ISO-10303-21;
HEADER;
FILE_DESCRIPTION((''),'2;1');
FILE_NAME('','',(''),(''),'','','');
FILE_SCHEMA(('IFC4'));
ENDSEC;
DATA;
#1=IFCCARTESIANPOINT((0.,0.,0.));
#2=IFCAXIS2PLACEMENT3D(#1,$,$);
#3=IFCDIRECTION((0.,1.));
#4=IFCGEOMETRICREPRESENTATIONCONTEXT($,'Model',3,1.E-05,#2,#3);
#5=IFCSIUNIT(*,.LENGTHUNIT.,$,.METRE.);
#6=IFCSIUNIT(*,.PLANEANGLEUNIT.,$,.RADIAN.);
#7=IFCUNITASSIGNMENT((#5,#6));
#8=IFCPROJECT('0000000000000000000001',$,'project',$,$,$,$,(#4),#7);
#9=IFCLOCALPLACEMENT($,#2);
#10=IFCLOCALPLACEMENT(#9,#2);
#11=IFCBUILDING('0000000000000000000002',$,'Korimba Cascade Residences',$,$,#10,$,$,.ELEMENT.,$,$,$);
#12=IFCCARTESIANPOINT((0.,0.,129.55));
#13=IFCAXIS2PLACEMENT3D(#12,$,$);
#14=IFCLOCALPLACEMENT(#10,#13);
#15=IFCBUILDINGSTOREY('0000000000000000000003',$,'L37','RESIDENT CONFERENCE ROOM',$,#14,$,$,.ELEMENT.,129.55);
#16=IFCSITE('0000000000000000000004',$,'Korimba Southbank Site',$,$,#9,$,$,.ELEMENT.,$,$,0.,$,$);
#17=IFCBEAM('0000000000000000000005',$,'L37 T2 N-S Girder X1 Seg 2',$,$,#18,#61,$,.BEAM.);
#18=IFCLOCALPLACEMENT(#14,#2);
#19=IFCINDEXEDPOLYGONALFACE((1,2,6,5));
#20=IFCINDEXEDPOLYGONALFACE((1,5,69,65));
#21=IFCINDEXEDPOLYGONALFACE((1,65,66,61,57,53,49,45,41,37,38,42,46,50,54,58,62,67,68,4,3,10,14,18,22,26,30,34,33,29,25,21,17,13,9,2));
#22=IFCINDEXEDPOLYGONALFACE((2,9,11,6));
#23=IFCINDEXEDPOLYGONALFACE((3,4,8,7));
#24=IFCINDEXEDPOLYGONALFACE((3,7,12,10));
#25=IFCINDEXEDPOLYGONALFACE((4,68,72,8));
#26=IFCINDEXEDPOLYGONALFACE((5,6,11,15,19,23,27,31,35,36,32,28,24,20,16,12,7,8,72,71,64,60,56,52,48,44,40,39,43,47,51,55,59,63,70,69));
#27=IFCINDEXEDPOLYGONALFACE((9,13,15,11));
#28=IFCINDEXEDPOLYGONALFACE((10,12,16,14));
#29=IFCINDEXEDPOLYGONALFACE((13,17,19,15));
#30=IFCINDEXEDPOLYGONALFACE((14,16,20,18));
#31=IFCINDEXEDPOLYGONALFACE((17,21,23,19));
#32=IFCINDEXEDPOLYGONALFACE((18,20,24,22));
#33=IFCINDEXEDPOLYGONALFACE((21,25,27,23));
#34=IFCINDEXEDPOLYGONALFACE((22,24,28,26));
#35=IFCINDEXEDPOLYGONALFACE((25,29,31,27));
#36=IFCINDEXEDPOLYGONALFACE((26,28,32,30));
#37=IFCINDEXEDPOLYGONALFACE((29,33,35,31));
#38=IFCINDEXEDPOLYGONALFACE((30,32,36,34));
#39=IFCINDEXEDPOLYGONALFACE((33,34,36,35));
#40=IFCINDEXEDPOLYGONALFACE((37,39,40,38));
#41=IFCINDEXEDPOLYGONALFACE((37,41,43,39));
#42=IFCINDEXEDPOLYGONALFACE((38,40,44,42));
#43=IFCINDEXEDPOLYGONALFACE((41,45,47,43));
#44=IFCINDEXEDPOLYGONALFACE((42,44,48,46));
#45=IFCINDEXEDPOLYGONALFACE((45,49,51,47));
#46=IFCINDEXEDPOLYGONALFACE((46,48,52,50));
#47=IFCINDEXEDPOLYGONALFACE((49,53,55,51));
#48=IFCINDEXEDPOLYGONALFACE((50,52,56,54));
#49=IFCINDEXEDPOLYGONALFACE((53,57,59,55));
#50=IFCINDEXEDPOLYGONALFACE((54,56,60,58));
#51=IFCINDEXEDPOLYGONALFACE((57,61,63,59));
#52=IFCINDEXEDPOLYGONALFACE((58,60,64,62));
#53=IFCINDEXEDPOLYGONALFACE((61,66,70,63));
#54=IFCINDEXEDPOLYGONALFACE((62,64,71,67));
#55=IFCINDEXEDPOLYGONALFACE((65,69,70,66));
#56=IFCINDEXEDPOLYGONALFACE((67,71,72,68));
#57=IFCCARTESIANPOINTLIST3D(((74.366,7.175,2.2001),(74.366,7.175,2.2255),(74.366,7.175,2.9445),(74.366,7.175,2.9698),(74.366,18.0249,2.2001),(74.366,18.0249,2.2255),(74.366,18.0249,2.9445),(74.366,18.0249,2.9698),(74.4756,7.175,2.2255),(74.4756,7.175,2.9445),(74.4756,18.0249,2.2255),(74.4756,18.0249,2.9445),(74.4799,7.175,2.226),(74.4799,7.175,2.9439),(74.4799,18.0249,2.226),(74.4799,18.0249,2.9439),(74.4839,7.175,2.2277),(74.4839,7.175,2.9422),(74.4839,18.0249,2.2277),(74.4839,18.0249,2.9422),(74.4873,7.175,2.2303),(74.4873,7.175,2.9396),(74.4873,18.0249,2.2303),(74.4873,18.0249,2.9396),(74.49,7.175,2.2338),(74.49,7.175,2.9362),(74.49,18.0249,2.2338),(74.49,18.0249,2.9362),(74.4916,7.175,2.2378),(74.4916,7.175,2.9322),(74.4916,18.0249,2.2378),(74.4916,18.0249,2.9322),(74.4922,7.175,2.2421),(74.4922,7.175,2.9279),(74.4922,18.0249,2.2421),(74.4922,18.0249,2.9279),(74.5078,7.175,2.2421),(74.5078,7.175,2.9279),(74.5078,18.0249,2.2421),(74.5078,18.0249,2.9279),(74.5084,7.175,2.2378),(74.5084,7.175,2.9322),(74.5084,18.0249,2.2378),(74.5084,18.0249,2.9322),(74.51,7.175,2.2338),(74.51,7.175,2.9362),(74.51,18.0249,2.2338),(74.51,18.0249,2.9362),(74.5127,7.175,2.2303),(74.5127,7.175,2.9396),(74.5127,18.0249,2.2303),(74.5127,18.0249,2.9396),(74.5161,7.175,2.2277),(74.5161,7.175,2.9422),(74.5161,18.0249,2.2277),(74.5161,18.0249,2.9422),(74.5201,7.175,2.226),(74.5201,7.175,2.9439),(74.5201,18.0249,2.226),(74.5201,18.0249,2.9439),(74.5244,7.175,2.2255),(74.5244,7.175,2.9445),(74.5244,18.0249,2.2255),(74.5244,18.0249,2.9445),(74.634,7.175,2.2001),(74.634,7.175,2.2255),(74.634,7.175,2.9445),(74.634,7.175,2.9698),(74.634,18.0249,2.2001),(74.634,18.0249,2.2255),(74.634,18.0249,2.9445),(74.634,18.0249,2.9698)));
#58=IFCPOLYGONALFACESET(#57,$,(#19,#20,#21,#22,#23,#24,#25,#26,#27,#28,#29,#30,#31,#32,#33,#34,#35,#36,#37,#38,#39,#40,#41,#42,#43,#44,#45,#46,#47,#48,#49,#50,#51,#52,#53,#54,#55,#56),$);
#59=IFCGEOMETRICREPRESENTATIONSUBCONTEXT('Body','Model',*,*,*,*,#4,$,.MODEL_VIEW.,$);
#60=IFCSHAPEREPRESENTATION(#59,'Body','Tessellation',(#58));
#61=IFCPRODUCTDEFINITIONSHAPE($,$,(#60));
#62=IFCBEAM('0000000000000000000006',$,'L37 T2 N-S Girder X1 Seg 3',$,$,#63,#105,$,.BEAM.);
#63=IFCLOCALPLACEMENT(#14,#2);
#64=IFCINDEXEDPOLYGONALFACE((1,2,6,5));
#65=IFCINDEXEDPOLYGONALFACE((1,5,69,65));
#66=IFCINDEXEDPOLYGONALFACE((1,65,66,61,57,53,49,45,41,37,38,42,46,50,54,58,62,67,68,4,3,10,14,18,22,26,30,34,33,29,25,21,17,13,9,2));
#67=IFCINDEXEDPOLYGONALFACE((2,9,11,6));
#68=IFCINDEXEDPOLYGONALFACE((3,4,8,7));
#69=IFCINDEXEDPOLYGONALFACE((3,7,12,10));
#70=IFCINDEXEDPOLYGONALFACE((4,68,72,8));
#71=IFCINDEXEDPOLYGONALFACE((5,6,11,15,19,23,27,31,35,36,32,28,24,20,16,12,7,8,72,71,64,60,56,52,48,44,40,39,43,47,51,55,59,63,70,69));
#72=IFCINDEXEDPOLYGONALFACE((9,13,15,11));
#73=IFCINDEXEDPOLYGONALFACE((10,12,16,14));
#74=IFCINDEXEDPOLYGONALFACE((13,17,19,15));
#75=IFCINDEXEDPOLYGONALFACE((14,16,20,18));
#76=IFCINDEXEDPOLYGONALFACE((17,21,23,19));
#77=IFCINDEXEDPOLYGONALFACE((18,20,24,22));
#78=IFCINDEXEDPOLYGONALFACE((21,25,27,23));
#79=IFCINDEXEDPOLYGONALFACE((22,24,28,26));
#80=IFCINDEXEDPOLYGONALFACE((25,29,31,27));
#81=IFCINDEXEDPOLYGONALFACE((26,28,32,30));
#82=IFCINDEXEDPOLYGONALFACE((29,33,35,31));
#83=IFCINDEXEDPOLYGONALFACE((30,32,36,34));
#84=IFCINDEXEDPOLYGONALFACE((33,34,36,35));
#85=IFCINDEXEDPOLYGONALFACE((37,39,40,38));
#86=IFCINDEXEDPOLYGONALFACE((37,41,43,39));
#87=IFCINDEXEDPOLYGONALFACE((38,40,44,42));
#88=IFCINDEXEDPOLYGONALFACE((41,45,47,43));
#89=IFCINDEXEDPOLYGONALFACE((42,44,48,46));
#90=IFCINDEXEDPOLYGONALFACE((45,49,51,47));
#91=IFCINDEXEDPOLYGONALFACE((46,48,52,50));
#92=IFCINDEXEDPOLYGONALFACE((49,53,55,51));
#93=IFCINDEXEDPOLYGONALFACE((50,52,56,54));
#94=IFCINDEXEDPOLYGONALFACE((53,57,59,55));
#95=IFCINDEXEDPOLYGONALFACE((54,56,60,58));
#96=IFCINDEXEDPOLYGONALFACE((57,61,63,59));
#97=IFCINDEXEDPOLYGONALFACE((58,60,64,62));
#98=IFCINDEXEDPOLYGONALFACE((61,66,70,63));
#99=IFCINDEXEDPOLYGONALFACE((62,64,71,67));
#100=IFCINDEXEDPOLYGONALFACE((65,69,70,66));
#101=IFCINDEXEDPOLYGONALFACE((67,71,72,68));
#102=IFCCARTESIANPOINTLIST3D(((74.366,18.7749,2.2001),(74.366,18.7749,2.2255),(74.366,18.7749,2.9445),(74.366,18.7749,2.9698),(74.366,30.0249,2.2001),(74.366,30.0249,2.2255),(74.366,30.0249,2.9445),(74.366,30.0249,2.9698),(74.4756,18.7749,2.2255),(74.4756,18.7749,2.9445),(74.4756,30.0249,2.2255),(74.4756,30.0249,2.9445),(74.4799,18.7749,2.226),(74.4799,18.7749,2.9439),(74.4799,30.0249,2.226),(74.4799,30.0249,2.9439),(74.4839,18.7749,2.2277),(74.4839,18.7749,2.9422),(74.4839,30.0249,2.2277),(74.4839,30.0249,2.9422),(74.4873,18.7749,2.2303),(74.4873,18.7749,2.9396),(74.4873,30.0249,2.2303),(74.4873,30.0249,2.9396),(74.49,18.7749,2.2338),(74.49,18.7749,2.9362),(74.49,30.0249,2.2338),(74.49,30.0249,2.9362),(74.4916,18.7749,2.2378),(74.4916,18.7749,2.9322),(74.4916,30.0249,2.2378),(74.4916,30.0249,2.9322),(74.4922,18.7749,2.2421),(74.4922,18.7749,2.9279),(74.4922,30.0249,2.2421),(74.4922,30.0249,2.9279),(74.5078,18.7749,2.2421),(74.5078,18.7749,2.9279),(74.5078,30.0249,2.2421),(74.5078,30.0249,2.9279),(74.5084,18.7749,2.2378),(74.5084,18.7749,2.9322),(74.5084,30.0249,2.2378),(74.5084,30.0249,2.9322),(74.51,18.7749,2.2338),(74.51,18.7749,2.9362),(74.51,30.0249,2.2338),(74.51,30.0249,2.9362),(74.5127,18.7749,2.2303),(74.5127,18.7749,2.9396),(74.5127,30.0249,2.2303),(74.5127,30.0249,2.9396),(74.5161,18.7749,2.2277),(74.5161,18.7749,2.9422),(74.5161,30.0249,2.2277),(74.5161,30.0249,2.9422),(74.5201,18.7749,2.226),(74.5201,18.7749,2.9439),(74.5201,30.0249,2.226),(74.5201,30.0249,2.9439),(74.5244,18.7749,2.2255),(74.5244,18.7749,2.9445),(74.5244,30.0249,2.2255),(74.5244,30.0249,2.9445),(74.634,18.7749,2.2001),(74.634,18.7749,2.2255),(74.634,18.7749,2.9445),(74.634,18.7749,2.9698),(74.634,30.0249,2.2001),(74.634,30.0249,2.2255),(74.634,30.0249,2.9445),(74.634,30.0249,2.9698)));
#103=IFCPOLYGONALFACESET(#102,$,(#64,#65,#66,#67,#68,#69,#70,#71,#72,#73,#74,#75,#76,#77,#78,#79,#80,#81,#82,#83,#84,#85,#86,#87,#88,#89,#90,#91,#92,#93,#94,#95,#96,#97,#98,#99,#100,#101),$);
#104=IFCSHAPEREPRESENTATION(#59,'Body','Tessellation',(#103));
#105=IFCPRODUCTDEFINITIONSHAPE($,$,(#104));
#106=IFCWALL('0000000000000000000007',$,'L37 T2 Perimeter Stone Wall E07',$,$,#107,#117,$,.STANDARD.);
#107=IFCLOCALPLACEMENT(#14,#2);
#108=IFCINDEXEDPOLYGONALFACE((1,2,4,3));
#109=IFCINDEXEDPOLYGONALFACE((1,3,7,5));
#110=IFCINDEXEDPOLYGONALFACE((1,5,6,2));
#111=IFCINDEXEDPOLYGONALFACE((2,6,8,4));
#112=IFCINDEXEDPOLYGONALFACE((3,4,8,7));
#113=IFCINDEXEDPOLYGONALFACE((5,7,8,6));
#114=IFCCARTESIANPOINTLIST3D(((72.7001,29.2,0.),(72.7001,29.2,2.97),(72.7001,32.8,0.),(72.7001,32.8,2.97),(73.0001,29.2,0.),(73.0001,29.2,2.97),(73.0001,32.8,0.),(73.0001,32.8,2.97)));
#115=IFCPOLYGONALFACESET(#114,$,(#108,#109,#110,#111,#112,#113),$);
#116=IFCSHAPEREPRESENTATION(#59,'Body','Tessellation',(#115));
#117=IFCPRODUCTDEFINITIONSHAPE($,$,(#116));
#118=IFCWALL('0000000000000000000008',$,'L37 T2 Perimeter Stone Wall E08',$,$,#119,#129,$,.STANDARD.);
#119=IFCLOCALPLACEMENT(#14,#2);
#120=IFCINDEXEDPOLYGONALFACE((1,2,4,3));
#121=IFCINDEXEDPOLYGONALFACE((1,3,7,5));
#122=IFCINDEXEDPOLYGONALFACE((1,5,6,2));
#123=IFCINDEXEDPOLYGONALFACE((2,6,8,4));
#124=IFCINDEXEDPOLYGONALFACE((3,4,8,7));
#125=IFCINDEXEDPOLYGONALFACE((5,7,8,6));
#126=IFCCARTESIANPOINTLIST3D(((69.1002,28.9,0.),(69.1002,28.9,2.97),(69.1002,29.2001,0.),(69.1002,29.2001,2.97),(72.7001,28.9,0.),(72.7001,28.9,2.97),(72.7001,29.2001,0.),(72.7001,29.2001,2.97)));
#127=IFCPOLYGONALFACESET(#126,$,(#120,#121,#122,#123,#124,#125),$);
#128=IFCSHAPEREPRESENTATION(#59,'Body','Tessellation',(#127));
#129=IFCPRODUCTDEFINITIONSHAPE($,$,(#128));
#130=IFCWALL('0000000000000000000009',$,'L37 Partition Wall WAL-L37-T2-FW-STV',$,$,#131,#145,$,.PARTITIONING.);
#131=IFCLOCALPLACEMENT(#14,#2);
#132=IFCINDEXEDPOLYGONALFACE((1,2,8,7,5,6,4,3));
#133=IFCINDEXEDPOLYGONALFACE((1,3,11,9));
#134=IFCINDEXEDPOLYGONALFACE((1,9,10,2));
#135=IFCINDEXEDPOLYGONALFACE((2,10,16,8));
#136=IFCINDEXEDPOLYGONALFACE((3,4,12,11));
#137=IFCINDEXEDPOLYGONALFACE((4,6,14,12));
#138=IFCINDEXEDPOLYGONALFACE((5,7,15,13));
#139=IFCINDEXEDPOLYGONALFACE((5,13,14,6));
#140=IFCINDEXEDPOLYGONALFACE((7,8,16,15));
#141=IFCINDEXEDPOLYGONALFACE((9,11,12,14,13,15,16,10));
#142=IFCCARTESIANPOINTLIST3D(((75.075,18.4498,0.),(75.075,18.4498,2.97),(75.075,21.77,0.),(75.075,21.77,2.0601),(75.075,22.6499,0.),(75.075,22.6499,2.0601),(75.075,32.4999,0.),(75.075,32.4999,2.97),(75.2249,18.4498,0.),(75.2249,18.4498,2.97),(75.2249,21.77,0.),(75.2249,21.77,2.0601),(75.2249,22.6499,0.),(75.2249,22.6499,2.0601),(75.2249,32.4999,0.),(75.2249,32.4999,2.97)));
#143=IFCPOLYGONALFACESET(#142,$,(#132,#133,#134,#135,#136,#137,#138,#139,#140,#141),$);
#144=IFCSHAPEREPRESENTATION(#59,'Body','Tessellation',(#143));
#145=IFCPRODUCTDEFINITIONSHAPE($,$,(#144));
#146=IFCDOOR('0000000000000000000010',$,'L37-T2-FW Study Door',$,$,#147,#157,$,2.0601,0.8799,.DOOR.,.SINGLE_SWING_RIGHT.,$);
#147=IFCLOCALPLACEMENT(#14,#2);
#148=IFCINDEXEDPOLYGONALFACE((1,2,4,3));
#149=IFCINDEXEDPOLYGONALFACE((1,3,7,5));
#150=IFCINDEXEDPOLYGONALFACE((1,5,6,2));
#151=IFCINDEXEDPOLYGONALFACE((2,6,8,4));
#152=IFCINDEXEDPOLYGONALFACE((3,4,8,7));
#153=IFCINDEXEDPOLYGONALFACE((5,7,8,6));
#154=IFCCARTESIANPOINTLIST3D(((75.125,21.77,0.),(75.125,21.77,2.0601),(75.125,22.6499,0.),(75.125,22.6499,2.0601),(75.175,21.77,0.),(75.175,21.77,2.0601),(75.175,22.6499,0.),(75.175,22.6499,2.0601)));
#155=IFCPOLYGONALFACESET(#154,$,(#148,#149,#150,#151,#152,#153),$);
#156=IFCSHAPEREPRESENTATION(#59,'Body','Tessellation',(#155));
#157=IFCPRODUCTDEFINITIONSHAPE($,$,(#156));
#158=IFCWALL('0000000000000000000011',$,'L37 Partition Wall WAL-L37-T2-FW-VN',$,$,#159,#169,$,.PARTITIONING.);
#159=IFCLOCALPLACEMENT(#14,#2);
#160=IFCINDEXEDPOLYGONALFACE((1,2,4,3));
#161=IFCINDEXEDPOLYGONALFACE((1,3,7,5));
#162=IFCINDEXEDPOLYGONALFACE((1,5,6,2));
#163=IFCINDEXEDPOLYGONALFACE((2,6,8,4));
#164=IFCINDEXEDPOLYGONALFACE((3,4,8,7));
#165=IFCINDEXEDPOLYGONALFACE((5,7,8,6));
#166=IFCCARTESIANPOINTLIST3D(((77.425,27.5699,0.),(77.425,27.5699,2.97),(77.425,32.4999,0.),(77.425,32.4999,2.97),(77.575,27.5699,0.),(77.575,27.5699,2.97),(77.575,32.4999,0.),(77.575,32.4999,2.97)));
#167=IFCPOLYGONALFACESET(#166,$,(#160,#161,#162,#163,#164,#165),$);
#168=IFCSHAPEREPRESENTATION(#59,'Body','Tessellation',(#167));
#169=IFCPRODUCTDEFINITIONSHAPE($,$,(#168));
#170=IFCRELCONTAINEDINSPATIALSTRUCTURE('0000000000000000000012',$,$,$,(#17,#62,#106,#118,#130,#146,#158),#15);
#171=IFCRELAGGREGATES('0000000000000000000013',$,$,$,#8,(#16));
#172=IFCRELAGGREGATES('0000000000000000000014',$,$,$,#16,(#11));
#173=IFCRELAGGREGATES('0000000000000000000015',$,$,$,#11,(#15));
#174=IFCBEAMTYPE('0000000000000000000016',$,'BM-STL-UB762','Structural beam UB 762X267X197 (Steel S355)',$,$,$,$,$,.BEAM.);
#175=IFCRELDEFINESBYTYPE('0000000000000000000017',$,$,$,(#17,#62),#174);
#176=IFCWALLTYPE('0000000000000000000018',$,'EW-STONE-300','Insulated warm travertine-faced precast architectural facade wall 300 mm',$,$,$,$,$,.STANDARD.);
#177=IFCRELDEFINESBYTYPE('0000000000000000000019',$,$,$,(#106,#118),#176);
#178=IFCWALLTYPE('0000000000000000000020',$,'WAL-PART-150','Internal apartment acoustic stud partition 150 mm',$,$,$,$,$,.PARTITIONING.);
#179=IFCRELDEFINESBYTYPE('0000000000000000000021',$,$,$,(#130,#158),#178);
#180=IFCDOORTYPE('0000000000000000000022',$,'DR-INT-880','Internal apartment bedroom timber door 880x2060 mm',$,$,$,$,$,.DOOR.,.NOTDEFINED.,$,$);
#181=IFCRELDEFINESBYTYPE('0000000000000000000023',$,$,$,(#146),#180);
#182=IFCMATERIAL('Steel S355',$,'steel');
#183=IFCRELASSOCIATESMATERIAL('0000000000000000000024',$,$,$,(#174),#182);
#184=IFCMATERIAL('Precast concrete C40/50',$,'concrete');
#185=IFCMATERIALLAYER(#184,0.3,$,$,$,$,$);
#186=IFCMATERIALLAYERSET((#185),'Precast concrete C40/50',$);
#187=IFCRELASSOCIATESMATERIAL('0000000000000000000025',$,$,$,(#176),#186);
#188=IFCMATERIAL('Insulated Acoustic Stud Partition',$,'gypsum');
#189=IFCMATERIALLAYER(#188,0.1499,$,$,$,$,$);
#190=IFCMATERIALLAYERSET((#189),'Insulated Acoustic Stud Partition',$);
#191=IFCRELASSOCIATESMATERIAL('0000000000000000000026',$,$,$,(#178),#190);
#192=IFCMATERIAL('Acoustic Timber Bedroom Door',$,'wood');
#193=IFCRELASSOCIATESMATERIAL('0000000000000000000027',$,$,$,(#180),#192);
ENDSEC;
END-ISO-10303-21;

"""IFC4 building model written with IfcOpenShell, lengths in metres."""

from ifc_helpers import new_model, si_unit, direction, frame, frame_2d, origin, origin_2d, place, context, subcontext, project, spatial, rectangle, i_section, extrude, material, layer, layer_set, material_profile, profile_set, type_object, element, fill, save


model = new_model("IFC4")

# Units and contexts
model_context = context("Model", 3, precision=1e-05, world=origin(), true_north=direction((0.0, 1.0)))
body_context = subcontext(model_context, "Body", "Model", "MODEL_VIEW")
ifc_project = project(units=[si_unit("LENGTHUNIT", "METRE"), si_unit("PLANEANGLEUNIT", "RADIAN")], contexts=[model_context])

# Site, building, storey
site_placement = place(None, origin())
site = spatial("IfcSite", under=ifc_project, at=site_placement, Name="Korimba Southbank Site", CompositionType="ELEMENT", RefElevation=0.0)
building_placement = place(site_placement, origin())
building = spatial("IfcBuilding", under=site, at=building_placement, Name="Korimba Cascade Residences", CompositionType="ELEMENT")
storey_placement = place(building_placement, frame((0.0, 0.0, 129.55)))
storey = spatial("IfcBuildingStorey", under=building, at=storey_placement, Name="L37", Description="RESIDENT CONFERENCE ROOM", CompositionType="ELEMENT", Elevation=129.55)

# Beams
ifc_material_1 = material(Name="Steel S355", Category="steel")
ifc_material_profile_1 = material_profile(ifc_material_1, i_section(OverallWidth=0.2681, OverallDepth=0.7698, WebThickness=0.0156, FlangeThickness=0.0254, FilletRadius=0.0166, at=origin_2d()), Name="Steel S355")
ifc_profile_set_1 = profile_set([ifc_material_profile_1], Name="Steel S355")
beam_type_1 = type_object("IfcBeamType", Name="BM-STL-UB762", Description="Structural beam UB 762X267X197 (Steel S355)", PredefinedType="BEAM", material=ifc_profile_set_1)
beam_1_placement = place(storey_placement, frame((74.5, 7.175, 2.585), z_axis=(0.0, 1.0, 0.0), x_axis=(-1.0, 0.0, 0.0)))
element("IfcBeam", 1, at=beam_1_placement, inside=storey, type_object=beam_type_1, Name="L37 T2 N-S Girder X1 Seg 2", PredefinedType="BEAM", context=body_context, shape_type="SweptSolid", body=[
    extrude(i_section(OverallWidth=0.2681, OverallDepth=0.7698, WebThickness=0.0156, FlangeThickness=0.0254, FilletRadius=0.0166, at=origin_2d()), origin(), (0.0, 0.0, 1.0), 10.8499),
])
beam_2_placement = place(storey_placement, frame((74.5, 18.7749, 2.585), z_axis=(0.0, 1.0, 0.0), x_axis=(-1.0, 0.0, 0.0)))
element("IfcBeam", 2, at=beam_2_placement, inside=storey, type_object=beam_type_1, Name="L37 T2 N-S Girder X1 Seg 3", PredefinedType="BEAM", context=body_context, shape_type="SweptSolid", body=[
    extrude(i_section(OverallWidth=0.2681, OverallDepth=0.7698, WebThickness=0.0156, FlangeThickness=0.0254, FilletRadius=0.0166, at=origin_2d()), origin(), (0.0, 0.0, 1.0), 11.25),
])

# Walls
ifc_material_2 = material(Name="Precast concrete C40/50", Category="concrete")
ifc_layer_1 = layer(ifc_material_2, 0.3)
ifc_layer_set_1 = layer_set([ifc_layer_1], Name="Precast concrete C40/50")
wall_type_1 = type_object("IfcWallType", Name="EW-STONE-300", Description="Insulated warm travertine-faced precast architectural facade wall 300 mm", PredefinedType="STANDARD", material=ifc_layer_set_1)
wall_1_placement = place(storey_placement, frame((72.8501, 32.8, 0.0), z_axis=(0.0, 0.0, 1.0), x_axis=(0.0, -1.0, 0.0)))
element("IfcWall", 3, at=wall_1_placement, inside=storey, type_object=wall_type_1, Name="L37 T2 Perimeter Stone Wall E07", PredefinedType="STANDARD", context=body_context, shape_type="SweptSolid", body=[
    extrude(rectangle(XDim=3.6001, YDim=0.3, at=frame_2d((1.8, 0.0))), origin(), (0.0, 0.0, 1.0), 2.97),
])
wall_2_placement = place(storey_placement, frame((72.7, 29.05, 0.0), z_axis=(0.0, 0.0, 1.0), x_axis=(-1.0, 0.0, 0.0)))
element("IfcWall", 4, at=wall_2_placement, inside=storey, type_object=wall_type_1, Name="L37 T2 Perimeter Stone Wall E08", PredefinedType="STANDARD", context=body_context, shape_type="SweptSolid", body=[
    extrude(rectangle(XDim=3.5999, YDim=0.3, at=frame_2d((1.7998, 0.0))), origin(), (0.0, 0.0, 1.0), 2.97),
])

# Wall, opening, door
ifc_material_3 = material(Name="Insulated Acoustic Stud Partition", Category="gypsum")
ifc_layer_2 = layer(ifc_material_3, 0.1499)
ifc_layer_set_2 = layer_set([ifc_layer_2], Name="Insulated Acoustic Stud Partition")
wall_type_2 = type_object("IfcWallType", Name="WAL-PART-150", Description="Internal apartment acoustic stud partition 150 mm", PredefinedType="PARTITIONING", material=ifc_layer_set_2)
wall_3_placement = place(storey_placement, frame((75.1499, 18.45, 0.0), z_axis=(0.0, 0.0, 1.0), x_axis=(0.0, 1.0, 0.0)))
wall_3 = element("IfcWall", 5, at=wall_3_placement, inside=storey, type_object=wall_type_2, Name="L37 Partition Wall WAL-L37-T2-FW-STV", PredefinedType="PARTITIONING", context=body_context, shape_type="SweptSolid", body=[
    extrude(rectangle(XDim=14.05, YDim=0.1499, at=frame_2d((7.0249, 0.0))), origin(), (0.0, 0.0, 1.0), 2.97),
])
opening_1_placement = place(wall_3_placement, frame((3.3201, 0.0, 0.0)))
opening_1 = element("IfcOpeningElement", 6, at=opening_1_placement, cuts=wall_3, PredefinedType="OPENING", context=body_context, shape_type="SweptSolid", body=[
    extrude(rectangle(XDim=0.8799, YDim=2.0601, at=frame_2d((0.4399, 1.03))), frame((0.0, 0.085, 0.0), z_axis=(0.0, -1.0, 0.0), x_axis=(1.0, 0.0, 0.0)), (0.0, 0.0, 1.0), 0.1699),
])
ifc_material_4 = material(Name="Acoustic Timber Bedroom Door", Category="wood")
door_type_1 = type_object("IfcDoorType", Name="DR-INT-880", Description="Internal apartment bedroom timber door 880x2060 mm", OperationType="NOTDEFINED", PredefinedType="DOOR", material=ifc_material_4)
door_1_placement = place(opening_1_placement, origin())
door_1 = element("IfcDoor", 7, at=door_1_placement, inside=storey, type_object=door_type_1, Name="L37-T2-FW Study Door", OperationType="SINGLE_SWING_RIGHT", OverallHeight=2.0601, OverallWidth=0.8799, PredefinedType="DOOR", context=body_context, shape_type="SweptSolid", body=[
    extrude(rectangle(XDim=0.8799, YDim=2.0601, at=frame_2d((0.4399, 1.03))), frame((0.0, 0.0249, 0.0), z_axis=(0.0, -1.0, 0.0), x_axis=(1.0, 0.0, 0.0)), (0.0, 0.0, 1.0), 0.05),
])
fill(opening_1, door_1)

# Wall
wall_4_placement = place(storey_placement, frame((77.5, 27.5701, 0.0), z_axis=(0.0, 0.0, 1.0), x_axis=(0.0, 1.0, 0.0)))
element("IfcWall", 8, at=wall_4_placement, inside=storey, type_object=wall_type_2, Name="L37 Partition Wall WAL-L37-T2-FW-VN", PredefinedType="PARTITIONING", context=body_context, shape_type="SweptSolid", body=[
    extrude(rectangle(XDim=4.9299, YDim=0.1499, at=frame_2d((2.4648, 0.0))), origin(), (0.0, 0.0, 1.0), 2.97),
])

save(model, "model.ifc")
